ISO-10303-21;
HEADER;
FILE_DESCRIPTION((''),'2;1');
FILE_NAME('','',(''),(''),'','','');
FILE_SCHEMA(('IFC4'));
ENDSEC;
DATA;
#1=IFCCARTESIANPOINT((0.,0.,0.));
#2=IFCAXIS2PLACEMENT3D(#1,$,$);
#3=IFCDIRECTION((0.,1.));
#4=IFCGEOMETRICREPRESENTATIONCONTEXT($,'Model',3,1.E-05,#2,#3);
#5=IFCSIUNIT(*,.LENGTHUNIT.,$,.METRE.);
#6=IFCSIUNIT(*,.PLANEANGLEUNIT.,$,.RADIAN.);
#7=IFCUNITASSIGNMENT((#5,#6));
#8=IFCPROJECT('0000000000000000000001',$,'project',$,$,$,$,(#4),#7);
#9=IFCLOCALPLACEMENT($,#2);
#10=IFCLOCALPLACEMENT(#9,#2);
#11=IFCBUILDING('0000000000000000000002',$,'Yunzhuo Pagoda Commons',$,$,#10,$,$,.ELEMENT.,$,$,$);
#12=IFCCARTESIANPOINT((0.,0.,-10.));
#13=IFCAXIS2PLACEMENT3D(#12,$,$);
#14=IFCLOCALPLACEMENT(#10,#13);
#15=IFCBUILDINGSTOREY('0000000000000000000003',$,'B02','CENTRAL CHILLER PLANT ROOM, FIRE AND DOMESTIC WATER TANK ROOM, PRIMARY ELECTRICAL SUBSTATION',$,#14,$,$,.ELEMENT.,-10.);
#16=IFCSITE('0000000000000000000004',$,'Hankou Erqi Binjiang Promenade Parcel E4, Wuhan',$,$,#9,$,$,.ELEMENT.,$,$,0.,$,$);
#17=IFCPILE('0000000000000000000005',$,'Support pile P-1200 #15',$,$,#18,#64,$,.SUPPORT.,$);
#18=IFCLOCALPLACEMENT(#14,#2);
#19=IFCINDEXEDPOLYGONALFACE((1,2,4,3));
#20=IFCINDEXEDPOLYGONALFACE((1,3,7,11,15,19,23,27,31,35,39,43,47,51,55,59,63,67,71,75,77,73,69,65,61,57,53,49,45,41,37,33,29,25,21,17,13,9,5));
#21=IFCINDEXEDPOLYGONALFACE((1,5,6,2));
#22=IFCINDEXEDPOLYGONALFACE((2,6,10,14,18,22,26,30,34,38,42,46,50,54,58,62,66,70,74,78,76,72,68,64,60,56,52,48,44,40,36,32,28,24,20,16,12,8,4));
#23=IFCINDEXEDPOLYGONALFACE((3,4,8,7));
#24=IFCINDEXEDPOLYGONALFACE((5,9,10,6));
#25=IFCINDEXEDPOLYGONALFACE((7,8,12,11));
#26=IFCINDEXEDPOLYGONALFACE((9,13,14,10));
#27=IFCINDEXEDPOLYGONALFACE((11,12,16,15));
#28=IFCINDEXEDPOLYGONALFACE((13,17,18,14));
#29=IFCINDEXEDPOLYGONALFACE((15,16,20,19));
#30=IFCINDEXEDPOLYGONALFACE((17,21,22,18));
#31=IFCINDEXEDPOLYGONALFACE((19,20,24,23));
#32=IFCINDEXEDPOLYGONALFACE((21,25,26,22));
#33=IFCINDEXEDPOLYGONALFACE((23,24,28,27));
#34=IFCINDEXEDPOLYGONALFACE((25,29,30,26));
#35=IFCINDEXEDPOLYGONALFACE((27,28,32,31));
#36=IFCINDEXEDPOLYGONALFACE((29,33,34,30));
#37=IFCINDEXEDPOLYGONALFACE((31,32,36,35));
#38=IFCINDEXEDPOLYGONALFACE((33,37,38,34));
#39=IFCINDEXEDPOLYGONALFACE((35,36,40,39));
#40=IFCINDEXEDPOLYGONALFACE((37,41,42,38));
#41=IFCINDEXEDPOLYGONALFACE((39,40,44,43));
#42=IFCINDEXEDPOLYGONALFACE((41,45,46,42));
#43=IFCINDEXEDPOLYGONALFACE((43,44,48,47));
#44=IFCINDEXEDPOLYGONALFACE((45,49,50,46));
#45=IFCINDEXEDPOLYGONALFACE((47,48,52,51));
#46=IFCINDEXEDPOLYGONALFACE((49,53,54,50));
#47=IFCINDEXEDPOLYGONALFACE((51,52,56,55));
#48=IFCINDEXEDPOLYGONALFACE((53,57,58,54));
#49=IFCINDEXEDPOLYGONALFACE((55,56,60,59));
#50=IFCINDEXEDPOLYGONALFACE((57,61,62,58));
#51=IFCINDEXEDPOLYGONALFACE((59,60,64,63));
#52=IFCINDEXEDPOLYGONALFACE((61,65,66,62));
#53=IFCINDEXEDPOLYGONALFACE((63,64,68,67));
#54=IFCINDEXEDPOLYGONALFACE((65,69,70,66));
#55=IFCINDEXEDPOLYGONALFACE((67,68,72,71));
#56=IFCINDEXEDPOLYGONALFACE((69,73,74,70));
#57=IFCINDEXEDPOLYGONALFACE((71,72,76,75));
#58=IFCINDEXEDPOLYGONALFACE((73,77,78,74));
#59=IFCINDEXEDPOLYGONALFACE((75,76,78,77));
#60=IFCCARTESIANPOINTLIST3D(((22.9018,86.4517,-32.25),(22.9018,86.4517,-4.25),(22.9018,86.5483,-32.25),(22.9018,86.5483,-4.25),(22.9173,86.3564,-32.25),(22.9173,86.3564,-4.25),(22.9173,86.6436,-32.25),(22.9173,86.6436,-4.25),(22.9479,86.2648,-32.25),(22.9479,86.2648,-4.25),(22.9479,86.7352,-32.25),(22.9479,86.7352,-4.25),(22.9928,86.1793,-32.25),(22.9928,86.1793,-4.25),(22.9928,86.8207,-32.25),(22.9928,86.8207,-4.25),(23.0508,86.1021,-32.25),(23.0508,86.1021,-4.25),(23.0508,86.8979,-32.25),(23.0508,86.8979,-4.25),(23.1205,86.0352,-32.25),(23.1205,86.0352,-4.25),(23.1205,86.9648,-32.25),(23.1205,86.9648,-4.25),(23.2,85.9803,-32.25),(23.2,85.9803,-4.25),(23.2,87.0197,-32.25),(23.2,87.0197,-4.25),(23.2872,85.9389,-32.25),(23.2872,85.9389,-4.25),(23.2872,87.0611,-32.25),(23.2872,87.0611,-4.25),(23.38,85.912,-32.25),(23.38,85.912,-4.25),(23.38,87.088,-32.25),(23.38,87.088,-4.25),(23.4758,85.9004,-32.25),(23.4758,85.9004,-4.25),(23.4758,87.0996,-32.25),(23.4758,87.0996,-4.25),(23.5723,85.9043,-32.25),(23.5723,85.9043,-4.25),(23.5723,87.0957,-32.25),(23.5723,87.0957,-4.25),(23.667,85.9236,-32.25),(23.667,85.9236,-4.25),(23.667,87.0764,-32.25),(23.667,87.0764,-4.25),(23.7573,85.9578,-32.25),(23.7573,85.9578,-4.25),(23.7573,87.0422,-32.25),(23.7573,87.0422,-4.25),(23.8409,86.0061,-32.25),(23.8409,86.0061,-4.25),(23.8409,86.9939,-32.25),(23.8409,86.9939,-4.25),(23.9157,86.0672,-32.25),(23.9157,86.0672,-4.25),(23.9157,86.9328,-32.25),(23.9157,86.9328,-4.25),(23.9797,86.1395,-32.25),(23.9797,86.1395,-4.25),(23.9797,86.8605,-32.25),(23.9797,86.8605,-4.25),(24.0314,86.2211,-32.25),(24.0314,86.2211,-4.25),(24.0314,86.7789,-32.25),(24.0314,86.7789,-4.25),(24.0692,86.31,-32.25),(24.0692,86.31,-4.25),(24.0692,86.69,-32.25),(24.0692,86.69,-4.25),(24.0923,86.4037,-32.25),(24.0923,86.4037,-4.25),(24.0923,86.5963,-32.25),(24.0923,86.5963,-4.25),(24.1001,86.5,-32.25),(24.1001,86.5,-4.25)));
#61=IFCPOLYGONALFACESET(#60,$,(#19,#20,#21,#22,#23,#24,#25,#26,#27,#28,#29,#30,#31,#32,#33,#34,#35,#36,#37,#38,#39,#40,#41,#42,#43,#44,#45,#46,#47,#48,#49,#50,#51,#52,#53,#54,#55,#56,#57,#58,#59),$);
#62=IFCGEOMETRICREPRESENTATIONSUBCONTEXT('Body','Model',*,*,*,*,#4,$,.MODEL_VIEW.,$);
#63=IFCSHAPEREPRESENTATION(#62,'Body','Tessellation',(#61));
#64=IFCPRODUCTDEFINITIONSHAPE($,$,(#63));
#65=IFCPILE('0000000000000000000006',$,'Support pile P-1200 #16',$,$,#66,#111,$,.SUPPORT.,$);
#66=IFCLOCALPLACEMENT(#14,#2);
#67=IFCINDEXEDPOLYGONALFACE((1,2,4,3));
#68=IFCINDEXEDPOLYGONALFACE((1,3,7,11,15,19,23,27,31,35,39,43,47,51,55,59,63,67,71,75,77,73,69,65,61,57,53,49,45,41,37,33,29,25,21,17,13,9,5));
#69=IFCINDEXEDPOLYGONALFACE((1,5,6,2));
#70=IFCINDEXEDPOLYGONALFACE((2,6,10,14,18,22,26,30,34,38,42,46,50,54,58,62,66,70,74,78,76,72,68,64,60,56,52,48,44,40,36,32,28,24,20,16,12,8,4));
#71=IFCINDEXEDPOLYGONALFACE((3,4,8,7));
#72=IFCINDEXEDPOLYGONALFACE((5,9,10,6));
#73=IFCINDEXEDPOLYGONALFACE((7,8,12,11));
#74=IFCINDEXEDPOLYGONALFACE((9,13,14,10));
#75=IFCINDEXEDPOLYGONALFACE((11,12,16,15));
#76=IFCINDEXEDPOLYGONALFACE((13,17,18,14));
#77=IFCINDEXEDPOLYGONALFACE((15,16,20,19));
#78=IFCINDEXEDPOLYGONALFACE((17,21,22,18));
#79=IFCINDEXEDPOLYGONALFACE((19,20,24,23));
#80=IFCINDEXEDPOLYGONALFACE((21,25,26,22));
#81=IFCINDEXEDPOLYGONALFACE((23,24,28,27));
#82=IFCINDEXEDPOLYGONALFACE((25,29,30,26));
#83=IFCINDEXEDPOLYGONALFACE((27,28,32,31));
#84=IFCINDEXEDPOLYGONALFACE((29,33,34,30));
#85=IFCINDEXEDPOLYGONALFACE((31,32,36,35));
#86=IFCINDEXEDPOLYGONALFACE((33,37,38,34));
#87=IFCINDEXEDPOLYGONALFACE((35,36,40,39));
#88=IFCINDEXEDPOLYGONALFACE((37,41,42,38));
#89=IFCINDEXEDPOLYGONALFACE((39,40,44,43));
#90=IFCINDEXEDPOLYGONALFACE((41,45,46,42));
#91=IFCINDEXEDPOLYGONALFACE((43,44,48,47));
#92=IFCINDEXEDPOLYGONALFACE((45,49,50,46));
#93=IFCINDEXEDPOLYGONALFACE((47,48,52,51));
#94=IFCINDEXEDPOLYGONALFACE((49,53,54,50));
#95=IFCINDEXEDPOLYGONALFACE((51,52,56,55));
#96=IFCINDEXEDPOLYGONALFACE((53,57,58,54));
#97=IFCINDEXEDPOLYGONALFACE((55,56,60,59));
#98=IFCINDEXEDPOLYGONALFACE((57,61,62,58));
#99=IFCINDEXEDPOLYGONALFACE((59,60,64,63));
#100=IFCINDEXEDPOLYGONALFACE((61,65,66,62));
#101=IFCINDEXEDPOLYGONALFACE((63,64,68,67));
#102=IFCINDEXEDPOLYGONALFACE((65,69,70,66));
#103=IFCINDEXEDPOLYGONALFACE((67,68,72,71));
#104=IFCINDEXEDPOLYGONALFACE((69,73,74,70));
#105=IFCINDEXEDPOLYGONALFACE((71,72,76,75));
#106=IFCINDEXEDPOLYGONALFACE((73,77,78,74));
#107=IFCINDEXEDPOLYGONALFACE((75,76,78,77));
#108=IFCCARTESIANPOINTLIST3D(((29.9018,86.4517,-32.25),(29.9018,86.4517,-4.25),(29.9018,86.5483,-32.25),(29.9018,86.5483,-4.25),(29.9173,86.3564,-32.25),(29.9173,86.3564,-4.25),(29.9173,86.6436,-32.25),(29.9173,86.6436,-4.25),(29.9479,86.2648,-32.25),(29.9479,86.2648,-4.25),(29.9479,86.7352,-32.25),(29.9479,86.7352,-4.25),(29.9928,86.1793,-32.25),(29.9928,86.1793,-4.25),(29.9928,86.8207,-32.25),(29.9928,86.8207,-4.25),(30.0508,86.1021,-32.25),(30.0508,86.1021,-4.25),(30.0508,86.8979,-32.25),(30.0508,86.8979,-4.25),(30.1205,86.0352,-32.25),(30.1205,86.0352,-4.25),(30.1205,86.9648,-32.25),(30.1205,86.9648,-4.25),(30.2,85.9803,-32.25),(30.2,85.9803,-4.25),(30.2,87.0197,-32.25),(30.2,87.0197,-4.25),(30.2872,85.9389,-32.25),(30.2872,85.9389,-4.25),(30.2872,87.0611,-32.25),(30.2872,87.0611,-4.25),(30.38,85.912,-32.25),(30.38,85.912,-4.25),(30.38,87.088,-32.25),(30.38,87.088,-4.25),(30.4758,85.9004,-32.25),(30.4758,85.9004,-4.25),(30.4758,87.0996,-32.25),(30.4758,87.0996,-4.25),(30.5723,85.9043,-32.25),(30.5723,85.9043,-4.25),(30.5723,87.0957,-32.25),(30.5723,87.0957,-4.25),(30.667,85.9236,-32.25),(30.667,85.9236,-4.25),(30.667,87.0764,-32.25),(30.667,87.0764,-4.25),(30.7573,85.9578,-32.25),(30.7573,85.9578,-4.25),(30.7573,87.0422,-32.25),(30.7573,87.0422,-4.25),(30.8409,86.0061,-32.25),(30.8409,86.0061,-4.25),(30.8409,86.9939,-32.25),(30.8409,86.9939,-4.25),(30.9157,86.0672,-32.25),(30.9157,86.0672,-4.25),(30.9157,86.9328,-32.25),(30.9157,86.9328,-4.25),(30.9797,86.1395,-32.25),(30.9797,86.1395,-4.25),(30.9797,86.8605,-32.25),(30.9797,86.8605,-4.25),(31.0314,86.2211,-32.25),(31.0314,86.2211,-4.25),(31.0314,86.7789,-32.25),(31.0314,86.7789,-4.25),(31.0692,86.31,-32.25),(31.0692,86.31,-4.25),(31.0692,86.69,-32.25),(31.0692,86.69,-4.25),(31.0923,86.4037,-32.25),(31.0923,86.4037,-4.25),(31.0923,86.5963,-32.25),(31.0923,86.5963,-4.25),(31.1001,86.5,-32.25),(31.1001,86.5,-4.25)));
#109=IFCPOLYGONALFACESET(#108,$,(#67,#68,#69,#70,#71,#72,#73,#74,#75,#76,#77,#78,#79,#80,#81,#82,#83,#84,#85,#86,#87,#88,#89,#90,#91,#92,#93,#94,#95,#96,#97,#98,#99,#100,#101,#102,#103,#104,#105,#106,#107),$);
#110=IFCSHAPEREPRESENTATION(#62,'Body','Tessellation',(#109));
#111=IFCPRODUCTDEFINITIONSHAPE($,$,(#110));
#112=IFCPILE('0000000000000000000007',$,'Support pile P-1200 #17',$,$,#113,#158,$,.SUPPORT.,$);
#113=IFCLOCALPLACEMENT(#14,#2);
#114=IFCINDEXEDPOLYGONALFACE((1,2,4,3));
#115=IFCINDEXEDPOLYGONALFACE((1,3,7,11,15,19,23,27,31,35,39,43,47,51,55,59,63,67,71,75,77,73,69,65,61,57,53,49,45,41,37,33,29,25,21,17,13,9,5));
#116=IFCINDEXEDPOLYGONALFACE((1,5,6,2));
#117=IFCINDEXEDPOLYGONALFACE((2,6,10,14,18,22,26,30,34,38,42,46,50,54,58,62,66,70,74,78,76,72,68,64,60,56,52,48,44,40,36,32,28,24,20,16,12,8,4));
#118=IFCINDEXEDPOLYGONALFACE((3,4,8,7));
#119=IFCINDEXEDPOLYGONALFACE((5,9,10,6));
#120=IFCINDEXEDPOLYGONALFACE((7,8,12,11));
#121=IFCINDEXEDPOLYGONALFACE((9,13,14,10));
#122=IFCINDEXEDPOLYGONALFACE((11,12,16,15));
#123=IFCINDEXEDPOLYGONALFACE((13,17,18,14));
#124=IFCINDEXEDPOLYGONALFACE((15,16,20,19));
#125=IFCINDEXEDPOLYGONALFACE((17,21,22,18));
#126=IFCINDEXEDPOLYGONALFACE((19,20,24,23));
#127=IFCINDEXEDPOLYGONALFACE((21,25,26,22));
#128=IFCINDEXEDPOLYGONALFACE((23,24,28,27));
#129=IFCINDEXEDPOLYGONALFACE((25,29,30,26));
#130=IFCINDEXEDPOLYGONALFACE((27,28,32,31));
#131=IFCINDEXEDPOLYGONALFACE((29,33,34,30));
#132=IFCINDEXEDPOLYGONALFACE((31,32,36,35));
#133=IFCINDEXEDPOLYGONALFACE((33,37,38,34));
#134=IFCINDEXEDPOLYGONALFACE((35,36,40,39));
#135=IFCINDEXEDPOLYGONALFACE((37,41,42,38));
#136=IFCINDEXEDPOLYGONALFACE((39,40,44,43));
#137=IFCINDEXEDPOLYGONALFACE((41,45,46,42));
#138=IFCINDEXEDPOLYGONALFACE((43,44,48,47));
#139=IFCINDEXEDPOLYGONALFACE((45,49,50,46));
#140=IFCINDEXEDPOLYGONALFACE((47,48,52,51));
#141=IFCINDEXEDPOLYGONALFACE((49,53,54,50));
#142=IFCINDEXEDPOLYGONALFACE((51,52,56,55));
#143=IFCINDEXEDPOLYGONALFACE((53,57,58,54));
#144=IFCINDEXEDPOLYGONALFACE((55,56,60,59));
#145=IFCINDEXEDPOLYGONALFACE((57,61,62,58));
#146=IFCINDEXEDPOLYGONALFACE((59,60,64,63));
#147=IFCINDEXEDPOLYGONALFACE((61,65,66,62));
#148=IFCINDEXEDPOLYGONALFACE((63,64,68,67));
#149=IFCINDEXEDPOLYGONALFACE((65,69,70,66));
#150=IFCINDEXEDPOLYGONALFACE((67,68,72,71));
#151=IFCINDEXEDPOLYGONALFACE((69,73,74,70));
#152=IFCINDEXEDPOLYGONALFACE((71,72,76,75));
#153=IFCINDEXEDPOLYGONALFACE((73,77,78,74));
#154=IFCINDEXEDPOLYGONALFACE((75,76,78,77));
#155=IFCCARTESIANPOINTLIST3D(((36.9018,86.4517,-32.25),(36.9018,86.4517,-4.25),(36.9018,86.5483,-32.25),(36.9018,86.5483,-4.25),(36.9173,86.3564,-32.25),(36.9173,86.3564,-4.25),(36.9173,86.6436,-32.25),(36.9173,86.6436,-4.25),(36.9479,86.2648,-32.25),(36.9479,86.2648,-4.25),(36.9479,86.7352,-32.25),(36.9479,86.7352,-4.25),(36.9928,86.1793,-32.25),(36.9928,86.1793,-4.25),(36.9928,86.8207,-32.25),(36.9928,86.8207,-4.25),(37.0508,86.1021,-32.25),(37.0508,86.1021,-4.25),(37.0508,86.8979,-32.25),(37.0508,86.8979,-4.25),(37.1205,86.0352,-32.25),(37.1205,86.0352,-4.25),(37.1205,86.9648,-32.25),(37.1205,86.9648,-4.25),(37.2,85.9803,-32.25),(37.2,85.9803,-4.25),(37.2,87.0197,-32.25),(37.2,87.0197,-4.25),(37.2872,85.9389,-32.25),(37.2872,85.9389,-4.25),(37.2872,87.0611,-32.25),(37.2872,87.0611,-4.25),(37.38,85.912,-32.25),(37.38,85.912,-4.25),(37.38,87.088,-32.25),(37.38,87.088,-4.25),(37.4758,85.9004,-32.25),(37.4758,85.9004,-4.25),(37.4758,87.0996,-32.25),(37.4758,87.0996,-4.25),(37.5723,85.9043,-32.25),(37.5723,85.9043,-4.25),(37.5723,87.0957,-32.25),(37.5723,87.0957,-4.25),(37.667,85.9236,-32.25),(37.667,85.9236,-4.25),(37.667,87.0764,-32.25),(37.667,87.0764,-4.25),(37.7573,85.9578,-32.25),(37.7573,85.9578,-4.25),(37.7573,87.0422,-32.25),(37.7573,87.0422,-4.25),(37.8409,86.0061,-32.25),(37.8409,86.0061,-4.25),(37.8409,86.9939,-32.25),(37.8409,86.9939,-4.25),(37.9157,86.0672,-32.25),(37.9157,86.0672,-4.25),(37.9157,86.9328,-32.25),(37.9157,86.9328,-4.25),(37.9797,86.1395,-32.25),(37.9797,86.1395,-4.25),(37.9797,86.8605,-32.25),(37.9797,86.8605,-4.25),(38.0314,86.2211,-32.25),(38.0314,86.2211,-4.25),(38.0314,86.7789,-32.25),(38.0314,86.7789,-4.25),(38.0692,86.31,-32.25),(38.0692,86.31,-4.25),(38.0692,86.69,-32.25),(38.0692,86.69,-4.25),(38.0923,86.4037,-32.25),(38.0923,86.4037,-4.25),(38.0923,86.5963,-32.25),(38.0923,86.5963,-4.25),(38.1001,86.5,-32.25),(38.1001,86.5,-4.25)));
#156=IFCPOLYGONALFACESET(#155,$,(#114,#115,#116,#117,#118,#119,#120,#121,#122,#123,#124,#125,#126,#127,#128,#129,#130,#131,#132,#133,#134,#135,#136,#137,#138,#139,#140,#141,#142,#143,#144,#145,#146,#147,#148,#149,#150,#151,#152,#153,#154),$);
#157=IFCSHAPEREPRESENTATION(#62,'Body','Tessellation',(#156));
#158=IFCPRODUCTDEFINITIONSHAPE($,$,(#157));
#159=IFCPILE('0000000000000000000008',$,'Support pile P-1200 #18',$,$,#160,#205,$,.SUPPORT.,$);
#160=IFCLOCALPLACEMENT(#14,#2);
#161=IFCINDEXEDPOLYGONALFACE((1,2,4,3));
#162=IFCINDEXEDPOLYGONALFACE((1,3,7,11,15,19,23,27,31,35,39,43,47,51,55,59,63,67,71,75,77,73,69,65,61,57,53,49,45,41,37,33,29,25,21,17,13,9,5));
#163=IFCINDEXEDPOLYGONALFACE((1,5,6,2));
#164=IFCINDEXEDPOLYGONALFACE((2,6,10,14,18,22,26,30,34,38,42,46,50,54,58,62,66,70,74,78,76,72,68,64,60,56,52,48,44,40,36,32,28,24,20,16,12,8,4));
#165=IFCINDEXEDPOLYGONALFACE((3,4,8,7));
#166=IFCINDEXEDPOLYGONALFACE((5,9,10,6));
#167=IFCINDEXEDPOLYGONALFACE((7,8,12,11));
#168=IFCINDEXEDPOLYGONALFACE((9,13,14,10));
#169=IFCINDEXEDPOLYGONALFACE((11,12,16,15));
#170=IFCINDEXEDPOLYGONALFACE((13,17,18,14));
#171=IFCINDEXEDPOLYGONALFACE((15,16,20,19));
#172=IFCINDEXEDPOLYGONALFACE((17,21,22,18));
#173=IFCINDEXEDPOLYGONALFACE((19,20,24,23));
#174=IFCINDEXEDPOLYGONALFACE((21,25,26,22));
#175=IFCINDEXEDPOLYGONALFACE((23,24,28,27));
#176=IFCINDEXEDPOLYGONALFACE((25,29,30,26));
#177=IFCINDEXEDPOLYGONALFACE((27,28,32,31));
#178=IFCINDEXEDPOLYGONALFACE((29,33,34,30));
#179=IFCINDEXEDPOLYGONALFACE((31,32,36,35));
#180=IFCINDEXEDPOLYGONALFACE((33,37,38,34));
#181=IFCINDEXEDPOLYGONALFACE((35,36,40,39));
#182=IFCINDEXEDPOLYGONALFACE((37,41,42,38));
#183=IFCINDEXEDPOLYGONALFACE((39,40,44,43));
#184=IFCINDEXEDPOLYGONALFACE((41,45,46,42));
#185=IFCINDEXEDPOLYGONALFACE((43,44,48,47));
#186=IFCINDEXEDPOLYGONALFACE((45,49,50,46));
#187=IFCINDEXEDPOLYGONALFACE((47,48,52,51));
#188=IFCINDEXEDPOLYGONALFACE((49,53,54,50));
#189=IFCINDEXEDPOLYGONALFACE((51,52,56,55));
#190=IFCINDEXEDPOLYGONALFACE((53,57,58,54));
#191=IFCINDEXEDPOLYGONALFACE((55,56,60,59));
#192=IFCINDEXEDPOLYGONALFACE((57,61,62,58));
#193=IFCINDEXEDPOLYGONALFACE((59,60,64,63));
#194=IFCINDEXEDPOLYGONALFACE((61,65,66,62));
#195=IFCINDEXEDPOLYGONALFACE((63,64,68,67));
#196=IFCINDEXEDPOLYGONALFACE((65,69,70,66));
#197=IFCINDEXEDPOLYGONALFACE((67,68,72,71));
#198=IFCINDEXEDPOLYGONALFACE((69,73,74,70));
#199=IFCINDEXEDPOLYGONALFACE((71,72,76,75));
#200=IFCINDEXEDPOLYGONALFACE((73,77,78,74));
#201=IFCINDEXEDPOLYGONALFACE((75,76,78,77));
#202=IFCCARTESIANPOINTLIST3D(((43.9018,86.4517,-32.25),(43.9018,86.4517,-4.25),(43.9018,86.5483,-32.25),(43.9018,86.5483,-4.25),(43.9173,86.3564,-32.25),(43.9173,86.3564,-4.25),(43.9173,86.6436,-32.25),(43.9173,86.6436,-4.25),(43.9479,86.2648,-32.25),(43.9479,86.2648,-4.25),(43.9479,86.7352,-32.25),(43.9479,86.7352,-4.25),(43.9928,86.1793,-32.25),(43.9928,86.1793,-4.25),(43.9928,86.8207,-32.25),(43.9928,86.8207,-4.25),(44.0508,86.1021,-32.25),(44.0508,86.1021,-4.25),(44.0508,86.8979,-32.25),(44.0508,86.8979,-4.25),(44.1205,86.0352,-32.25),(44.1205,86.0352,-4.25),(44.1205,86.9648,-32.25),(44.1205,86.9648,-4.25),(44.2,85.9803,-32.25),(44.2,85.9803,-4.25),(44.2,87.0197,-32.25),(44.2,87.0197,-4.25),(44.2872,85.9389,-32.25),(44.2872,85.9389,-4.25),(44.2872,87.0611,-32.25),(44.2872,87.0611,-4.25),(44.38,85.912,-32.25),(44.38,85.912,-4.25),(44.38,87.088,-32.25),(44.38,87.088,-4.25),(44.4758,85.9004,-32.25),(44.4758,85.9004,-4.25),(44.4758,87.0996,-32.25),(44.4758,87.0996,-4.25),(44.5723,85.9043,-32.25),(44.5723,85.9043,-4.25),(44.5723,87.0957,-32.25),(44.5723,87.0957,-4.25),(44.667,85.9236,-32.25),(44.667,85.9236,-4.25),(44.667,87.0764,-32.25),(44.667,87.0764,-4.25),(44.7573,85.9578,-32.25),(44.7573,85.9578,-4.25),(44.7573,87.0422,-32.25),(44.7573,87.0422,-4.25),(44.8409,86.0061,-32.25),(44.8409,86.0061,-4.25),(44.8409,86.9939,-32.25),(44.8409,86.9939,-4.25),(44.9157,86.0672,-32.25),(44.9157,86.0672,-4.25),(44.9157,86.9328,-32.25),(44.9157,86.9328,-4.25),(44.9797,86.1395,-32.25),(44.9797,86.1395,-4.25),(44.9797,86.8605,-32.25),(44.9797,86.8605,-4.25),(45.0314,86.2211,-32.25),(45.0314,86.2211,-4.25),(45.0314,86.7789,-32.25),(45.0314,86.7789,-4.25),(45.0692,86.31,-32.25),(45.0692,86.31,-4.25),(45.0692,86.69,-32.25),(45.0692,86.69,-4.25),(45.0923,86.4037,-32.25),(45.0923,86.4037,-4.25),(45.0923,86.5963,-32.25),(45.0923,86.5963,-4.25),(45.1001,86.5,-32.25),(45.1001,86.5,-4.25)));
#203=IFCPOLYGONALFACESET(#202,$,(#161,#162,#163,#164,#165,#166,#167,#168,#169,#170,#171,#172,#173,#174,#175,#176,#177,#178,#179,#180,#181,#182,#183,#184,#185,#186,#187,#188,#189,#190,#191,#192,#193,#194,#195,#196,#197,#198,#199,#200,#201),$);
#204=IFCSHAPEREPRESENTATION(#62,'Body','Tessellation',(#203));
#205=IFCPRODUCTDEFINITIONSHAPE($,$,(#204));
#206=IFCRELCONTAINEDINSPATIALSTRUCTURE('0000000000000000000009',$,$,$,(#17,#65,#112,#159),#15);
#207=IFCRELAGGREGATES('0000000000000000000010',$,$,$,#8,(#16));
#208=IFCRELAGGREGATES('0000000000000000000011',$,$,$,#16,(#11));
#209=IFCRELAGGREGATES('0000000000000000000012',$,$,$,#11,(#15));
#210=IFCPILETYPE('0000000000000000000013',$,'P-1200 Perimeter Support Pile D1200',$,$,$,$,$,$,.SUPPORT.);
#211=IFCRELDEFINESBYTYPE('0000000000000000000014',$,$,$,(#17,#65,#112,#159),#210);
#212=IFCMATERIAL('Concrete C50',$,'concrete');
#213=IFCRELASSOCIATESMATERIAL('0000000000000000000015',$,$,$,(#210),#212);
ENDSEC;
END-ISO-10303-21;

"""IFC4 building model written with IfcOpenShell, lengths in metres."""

from ifc_helpers import new_model, si_unit, direction, frame, origin, origin_2d, place, context, subcontext, project, spatial, circle, extrude, source, transform, mapped, material, material_profile, profile_set, type_object, element, save


model = new_model("IFC4")

# Units and contexts
model_context = context("Model", 3, precision=1e-05, world=origin(), true_north=direction((0.0, 1.0)))
body_context = subcontext(model_context, "Body", "Model", "MODEL_VIEW")
ifc_project = project(units=[si_unit("LENGTHUNIT", "METRE"), si_unit("PLANEANGLEUNIT", "RADIAN")], contexts=[model_context])

# Site, building, storey
site_placement = place(None, origin())
site = spatial("IfcSite", under=ifc_project, at=site_placement, Name="Hankou Erqi Binjiang Promenade Parcel E4, Wuhan", CompositionType="ELEMENT", RefElevation=0.0)
building_placement = place(site_placement, origin())
building = spatial("IfcBuilding", under=site, at=building_placement, Name="Yunzhuo Pagoda Commons", CompositionType="ELEMENT")
storey_placement = place(building_placement, frame((0.0, 0.0, -10.0)))
storey = spatial("IfcBuildingStorey", under=building, at=storey_placement, Name="B02", Description="CENTRAL CHILLER PLANT ROOM, FIRE AND DOMESTIC WATER TANK ROOM, PRIMARY ELECTRICAL SUBSTATION", CompositionType="ELEMENT", Elevation=-10.0)

# Piles
ifc_material_1 = material(Name="Concrete C50", Category="concrete")
ifc_material_profile_1 = material_profile(ifc_material_1, circle(Radius=0.6001, at=origin_2d()), Name="Concrete C50")
ifc_profile_set_1 = profile_set([ifc_material_profile_1], Name="Concrete C50")
pile_type_1 = type_object("IfcPileType", Name="P-1200 Perimeter Support Pile D1200", PredefinedType="SUPPORT", material=ifc_profile_set_1)
shared_shape_1 = source(origin(), body_context, "Body", "SweptSolid", [
    extrude(circle(Radius=0.6001, at=origin_2d()), origin(), (0.0, 0.0, 1.0), 28.0),
])
for number, where, z_axis, x_axis, name in (
    (1, (23.5, 86.5, -4.25), (0.0, 0.0, -1.0), (1.0, 0.0, 0.0), "Support pile P-1200 #15"),
    (2, (30.5, 86.5, -4.25), (0.0, 0.0, -1.0), (1.0, 0.0, 0.0), "Support pile P-1200 #16"),
    (3, (37.5, 86.5, -4.25), (0.0, 0.0, -1.0), (1.0, 0.0, 0.0), "Support pile P-1200 #17"),
    (4, (44.5, 86.5, -4.25), (0.0, 0.0, -1.0), (1.0, 0.0, 0.0), "Support pile P-1200 #18"),
):
    element("IfcPile", number, at=place(storey_placement, frame(where, z_axis=z_axis, x_axis=x_axis)), inside=storey, type_object=pile_type_1, Name=name, PredefinedType="SUPPORT", context=body_context, shape_type="MappedRepresentation", body=[
        mapped(shared_shape_1, transform((0.0, 0.0, 0.0), scale=1.0)),
    ])

save(model, "model.ifc")
